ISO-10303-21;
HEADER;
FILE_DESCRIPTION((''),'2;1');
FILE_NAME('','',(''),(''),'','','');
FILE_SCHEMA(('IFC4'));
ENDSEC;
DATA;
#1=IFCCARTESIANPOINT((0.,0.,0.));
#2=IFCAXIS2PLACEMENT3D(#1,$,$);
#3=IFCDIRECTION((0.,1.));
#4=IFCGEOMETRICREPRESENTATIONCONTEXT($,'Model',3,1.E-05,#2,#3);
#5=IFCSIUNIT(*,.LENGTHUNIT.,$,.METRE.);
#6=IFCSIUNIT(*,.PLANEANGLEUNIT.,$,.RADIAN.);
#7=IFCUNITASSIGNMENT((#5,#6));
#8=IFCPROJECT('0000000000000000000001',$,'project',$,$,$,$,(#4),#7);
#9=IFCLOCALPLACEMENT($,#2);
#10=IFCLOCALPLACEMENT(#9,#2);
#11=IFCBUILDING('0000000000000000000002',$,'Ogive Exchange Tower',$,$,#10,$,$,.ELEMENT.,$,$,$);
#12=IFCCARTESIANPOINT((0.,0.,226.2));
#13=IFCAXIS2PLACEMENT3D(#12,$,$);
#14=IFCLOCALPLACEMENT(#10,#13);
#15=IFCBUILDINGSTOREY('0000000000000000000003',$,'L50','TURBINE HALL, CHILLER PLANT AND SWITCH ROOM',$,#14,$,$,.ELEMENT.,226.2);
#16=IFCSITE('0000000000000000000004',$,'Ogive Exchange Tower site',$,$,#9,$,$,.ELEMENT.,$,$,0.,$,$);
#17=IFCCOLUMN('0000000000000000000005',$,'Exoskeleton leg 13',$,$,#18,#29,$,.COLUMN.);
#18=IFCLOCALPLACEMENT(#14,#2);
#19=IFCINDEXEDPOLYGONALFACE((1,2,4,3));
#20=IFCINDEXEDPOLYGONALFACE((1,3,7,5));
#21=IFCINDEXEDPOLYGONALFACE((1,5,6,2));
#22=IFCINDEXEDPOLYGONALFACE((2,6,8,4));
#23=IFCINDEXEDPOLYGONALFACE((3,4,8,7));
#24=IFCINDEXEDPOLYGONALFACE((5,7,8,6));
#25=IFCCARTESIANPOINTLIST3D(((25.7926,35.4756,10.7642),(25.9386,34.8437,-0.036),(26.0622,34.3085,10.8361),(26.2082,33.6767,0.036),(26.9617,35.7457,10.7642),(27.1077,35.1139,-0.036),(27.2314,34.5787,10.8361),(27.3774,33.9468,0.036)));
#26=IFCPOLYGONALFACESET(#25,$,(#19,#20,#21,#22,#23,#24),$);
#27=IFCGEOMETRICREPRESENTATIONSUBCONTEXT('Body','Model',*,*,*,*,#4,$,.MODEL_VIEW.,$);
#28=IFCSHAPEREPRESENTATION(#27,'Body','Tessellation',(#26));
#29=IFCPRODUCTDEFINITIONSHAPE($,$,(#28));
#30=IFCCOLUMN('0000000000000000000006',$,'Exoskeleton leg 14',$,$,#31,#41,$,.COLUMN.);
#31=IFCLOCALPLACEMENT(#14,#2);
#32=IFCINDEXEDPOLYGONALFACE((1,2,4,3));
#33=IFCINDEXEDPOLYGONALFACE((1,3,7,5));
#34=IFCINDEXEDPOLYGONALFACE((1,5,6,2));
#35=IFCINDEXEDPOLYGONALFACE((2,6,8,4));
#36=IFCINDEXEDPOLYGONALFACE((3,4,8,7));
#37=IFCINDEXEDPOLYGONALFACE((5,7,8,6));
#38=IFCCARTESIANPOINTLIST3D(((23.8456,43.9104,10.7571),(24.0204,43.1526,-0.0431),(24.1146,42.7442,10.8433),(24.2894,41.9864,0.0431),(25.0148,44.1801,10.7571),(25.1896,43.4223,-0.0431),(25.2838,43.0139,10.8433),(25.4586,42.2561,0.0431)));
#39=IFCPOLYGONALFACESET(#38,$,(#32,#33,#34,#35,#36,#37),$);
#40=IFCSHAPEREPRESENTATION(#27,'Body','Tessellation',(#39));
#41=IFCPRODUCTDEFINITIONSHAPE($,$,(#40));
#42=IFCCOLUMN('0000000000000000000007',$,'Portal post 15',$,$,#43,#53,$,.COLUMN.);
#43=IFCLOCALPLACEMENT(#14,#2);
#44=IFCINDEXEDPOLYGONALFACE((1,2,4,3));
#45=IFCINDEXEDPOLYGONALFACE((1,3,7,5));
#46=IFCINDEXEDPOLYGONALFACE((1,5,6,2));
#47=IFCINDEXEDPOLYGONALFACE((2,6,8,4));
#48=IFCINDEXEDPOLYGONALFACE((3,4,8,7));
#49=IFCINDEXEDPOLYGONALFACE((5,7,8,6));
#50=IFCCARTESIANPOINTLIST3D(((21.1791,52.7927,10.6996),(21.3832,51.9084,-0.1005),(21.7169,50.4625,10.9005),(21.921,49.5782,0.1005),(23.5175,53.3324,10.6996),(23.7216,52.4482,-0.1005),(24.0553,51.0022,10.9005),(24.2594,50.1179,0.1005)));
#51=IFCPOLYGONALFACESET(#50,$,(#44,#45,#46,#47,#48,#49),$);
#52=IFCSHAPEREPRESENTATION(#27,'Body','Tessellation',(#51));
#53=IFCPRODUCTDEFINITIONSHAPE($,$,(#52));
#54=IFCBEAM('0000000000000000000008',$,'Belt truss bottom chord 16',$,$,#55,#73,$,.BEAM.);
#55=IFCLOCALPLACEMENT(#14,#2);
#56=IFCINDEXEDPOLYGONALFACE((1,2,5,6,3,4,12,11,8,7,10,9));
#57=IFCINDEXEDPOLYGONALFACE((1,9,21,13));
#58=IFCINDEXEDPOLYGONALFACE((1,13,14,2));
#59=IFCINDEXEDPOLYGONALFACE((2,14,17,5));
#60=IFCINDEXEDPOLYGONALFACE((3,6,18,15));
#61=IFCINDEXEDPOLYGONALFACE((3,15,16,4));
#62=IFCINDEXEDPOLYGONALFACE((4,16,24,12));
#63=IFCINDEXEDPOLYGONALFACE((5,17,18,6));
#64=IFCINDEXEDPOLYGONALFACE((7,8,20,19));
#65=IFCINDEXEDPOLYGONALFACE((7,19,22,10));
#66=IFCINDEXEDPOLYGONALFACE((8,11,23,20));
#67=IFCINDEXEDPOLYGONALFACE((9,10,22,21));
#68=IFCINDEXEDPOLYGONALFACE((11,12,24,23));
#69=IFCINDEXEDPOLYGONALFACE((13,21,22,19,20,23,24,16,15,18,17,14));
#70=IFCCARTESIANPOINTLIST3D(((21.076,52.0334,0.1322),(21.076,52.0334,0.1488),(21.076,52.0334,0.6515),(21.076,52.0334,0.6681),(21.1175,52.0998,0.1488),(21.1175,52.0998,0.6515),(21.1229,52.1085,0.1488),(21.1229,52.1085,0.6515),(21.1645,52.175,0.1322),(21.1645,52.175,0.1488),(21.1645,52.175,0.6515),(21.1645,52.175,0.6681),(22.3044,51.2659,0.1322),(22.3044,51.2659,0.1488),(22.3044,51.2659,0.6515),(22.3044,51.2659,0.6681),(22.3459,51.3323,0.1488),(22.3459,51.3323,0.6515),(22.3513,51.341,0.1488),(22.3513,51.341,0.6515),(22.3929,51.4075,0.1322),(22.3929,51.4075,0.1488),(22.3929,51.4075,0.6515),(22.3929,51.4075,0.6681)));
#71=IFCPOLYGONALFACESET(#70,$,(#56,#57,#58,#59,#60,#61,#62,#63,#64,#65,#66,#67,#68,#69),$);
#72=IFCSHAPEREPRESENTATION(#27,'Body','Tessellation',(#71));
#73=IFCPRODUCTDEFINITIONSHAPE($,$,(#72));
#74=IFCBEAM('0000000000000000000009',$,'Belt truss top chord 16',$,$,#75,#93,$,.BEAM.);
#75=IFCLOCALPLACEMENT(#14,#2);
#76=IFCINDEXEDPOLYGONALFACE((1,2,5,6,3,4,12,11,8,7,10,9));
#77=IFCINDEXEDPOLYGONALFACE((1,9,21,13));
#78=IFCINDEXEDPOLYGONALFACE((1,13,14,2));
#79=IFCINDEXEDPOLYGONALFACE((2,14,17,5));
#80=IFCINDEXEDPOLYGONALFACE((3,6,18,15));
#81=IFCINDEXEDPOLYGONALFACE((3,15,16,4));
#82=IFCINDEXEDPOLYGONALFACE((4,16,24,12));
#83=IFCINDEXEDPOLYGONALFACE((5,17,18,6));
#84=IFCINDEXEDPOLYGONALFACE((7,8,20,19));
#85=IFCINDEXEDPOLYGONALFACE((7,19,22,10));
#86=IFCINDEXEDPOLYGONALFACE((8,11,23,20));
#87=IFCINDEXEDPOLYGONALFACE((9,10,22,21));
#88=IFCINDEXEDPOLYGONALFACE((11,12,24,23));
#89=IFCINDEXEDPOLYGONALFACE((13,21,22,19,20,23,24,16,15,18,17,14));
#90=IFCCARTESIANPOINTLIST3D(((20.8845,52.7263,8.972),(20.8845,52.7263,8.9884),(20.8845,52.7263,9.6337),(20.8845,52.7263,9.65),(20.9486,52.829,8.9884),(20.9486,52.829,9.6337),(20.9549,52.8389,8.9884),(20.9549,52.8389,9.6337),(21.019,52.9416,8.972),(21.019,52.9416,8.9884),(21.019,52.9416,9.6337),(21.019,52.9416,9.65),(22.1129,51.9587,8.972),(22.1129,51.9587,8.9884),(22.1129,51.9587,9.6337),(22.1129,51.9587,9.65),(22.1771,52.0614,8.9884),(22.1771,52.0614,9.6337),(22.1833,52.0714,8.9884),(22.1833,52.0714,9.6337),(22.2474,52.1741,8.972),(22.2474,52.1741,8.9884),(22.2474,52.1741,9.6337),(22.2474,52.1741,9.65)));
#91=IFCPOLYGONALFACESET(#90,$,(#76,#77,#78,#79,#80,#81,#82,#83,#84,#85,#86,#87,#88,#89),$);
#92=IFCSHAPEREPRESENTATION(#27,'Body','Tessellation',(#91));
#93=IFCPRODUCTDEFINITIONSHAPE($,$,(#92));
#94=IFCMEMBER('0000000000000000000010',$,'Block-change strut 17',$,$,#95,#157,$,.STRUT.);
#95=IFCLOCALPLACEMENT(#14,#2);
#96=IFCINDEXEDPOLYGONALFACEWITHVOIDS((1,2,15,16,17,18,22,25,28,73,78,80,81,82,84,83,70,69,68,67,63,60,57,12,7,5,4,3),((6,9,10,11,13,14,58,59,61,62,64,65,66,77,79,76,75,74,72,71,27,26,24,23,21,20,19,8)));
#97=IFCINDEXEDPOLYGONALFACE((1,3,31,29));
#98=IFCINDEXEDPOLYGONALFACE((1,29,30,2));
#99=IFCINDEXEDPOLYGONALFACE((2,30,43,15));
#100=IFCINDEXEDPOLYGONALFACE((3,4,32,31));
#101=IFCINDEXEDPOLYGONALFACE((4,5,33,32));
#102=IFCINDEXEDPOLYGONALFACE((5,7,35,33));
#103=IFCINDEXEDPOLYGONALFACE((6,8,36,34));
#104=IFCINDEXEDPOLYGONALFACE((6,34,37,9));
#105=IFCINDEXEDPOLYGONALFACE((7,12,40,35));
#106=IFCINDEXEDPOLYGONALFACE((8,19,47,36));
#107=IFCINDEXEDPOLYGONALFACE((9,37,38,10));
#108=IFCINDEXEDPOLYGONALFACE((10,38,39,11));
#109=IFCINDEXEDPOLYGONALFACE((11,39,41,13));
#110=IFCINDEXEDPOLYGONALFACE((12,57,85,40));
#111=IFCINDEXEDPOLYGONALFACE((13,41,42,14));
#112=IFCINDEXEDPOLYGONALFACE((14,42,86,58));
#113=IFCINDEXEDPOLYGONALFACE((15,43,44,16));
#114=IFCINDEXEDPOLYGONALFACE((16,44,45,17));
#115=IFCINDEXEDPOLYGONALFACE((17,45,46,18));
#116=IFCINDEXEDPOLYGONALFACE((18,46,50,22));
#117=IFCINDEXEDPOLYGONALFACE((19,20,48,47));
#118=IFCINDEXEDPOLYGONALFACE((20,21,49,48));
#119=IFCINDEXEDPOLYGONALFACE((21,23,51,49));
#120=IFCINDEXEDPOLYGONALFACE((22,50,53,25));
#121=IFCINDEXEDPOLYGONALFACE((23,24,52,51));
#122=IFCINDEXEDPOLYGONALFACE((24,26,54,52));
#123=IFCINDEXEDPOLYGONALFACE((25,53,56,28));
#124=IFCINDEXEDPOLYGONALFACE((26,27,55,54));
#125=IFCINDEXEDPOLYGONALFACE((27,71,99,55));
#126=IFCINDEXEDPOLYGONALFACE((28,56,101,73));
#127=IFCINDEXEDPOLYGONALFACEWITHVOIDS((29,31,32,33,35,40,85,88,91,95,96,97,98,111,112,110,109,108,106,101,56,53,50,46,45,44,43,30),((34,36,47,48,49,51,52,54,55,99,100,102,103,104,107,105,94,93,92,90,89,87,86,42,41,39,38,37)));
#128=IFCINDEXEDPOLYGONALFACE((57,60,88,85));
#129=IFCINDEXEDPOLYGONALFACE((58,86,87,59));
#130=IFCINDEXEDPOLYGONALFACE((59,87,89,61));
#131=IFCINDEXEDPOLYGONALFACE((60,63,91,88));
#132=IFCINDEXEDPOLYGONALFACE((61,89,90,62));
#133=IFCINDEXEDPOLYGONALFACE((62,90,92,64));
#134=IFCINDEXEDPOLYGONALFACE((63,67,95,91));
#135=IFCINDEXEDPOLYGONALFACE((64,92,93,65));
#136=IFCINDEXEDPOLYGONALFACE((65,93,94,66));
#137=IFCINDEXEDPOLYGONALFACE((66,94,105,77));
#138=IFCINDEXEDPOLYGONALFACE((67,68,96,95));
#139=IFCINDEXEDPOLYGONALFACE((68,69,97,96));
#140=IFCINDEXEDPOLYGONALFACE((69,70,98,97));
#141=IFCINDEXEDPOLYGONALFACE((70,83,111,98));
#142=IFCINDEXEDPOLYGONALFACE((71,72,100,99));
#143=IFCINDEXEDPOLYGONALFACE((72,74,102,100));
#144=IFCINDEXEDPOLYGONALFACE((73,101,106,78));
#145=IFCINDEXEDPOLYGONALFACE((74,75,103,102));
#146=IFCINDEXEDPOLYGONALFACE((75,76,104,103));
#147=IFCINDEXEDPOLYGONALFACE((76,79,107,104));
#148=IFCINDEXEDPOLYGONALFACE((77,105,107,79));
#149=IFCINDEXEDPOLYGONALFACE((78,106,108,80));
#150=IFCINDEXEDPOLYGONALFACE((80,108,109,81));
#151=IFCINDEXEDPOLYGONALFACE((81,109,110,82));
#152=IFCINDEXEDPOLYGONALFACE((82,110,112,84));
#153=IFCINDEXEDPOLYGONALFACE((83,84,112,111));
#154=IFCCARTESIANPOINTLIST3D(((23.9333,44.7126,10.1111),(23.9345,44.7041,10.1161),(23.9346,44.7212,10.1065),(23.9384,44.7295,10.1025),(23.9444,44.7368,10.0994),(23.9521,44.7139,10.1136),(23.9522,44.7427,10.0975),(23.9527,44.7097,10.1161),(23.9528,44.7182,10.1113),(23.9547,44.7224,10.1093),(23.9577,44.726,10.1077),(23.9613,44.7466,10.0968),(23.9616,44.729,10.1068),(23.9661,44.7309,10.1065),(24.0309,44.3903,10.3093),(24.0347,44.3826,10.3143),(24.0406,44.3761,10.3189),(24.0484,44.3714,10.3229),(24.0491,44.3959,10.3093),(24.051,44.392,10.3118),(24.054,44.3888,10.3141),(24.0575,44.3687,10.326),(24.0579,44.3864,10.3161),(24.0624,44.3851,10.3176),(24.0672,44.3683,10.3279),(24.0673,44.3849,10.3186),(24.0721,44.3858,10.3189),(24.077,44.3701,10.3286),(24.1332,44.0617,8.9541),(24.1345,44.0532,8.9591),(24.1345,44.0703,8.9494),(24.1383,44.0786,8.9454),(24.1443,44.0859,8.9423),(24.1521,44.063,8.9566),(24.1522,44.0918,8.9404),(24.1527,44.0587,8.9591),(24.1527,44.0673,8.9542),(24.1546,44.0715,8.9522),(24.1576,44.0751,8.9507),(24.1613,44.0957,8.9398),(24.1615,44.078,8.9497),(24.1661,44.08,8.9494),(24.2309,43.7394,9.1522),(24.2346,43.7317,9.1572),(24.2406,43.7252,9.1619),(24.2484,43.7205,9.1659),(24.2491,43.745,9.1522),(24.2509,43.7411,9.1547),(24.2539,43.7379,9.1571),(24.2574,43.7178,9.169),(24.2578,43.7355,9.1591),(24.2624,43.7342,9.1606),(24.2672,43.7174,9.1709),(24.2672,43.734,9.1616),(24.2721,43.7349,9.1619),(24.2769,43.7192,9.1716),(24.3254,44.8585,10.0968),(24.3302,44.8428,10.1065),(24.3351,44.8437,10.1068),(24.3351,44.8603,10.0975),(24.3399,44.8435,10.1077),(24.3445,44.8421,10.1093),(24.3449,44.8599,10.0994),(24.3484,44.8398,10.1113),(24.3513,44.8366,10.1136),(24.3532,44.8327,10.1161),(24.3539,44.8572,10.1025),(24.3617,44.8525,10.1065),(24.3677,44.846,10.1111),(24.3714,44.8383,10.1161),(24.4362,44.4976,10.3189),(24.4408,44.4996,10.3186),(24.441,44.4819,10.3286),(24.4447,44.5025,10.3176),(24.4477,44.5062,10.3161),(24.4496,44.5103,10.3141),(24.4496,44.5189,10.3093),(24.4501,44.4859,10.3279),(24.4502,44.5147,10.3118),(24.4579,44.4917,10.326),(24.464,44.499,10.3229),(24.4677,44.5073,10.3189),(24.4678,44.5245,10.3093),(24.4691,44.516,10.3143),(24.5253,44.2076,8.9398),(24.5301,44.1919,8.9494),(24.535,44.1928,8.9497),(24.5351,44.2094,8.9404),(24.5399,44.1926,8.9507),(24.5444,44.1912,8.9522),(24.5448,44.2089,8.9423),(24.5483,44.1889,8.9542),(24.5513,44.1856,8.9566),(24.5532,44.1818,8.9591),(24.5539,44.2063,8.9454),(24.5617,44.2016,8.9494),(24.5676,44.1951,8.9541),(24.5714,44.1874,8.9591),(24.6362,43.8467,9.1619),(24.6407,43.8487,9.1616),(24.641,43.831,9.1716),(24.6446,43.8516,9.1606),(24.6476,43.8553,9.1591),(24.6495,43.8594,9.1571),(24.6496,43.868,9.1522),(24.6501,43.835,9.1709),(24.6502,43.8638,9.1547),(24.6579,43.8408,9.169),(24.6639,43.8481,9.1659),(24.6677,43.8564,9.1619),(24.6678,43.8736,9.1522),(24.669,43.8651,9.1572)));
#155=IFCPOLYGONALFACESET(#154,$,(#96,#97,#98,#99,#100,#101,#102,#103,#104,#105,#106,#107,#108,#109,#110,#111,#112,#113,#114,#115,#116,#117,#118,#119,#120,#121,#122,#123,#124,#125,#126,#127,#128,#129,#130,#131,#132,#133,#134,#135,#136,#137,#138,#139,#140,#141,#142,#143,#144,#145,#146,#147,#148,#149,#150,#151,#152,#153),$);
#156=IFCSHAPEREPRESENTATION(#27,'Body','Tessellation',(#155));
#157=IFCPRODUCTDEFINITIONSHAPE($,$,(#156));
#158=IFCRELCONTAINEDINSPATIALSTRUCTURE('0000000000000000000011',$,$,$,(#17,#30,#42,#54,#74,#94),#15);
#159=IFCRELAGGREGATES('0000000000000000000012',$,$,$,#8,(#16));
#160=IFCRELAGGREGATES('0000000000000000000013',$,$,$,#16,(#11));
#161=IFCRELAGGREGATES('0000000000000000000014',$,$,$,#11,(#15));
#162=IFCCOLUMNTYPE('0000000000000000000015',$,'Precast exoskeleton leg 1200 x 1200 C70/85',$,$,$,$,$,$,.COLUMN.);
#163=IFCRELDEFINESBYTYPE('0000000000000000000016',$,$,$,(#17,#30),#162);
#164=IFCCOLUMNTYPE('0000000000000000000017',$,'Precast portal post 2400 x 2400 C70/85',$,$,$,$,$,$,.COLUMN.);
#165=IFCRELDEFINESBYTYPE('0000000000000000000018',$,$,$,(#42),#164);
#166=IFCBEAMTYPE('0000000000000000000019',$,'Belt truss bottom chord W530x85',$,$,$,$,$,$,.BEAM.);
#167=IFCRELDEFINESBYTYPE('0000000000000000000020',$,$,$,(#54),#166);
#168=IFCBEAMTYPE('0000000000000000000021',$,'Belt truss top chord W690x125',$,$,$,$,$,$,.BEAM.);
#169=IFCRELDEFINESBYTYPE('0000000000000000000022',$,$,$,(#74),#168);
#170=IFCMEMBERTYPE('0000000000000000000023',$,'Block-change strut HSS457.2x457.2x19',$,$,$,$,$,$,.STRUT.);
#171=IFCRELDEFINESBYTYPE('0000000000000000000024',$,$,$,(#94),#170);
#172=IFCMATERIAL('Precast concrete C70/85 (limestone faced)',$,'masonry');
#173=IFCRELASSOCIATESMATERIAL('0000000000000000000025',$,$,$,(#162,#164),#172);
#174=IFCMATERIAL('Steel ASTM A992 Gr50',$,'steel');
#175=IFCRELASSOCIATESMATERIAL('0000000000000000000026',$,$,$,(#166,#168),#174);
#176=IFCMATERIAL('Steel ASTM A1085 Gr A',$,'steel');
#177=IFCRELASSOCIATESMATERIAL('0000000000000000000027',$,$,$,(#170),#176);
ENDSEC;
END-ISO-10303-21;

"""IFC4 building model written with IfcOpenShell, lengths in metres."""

from ifc_helpers import new_model, si_unit, direction, frame, origin, origin_2d, place, context, subcontext, project, spatial, rectangle, hollow_rectangle, i_section, extrude, material, material_profile, profile_set, type_object, element, save


model = new_model("IFC4")

# Units and contexts
model_context = context("Model", 3, precision=1e-05, world=origin(), true_north=direction((0.0, 1.0)))
body_context = subcontext(model_context, "Body", "Model", "MODEL_VIEW")
ifc_project = project(units=[si_unit("LENGTHUNIT", "METRE"), si_unit("PLANEANGLEUNIT", "RADIAN")], contexts=[model_context])

# Site, building, storey
site_placement = place(None, origin())
site = spatial("IfcSite", under=ifc_project, at=site_placement, Name="Ogive Exchange Tower site", CompositionType="ELEMENT", RefElevation=0.0)
building_placement = place(site_placement, origin())
building = spatial("IfcBuilding", under=site, at=building_placement, Name="Ogive Exchange Tower", CompositionType="ELEMENT")
storey_placement = place(building_placement, frame((0.0, 0.0, 226.2)))
storey = spatial("IfcBuildingStorey", under=building, at=storey_placement, Name="L50", Description="TURBINE HALL, CHILLER PLANT AND SWITCH ROOM", CompositionType="ELEMENT", Elevation=226.2)

# Columns
ifc_material_1 = material(Name="Precast concrete C70/85 (limestone faced)", Category="masonry")
ifc_material_profile_1 = material_profile(ifc_material_1, rectangle(XDim=1.2, YDim=1.2, at=origin_2d()), Name="1200 x 1200")
ifc_profile_set_1 = profile_set([ifc_material_profile_1], Name="Precast concrete C70/85 (limestone faced)")
column_type_1 = type_object("IfcColumnType", Name="Precast exoskeleton leg 1200 x 1200 C70/85", PredefinedType="COLUMN", material=ifc_profile_set_1)
column_1_placement = place(storey_placement, frame((26.658, 34.3953, 0.0), z_axis=(-0.013494, 0.058398, 0.998202), x_axis=(-0.974328, -0.225134, 0.0)))
element("IfcColumn", 1, at=column_1_placement, inside=storey, type_object=column_type_1, Name="Exoskeleton leg 13", PredefinedType="COLUMN", context=body_context, shape_type="SweptSolid", body=[
    extrude(rectangle(XDim=1.2, YDim=1.2, at=origin_2d()), origin(), (0.0, 0.0, 1.0), 10.8196),
])
column_2_placement = place(storey_placement, frame((24.7395, 42.7043, 0.0), z_axis=(-0.016144, 0.069986, 0.997417), x_axis=(-0.974412, -0.224768, 0.0)))
element("IfcColumn", 2, at=column_2_placement, inside=storey, type_object=column_type_1, Name="Exoskeleton leg 14", PredefinedType="COLUMN", context=body_context, shape_type="SweptSolid", body=[
    extrude(rectangle(XDim=1.2, YDim=1.2, at=origin_2d()), origin(), (0.0, 0.0, 1.0), 10.8281),
])
ifc_material_profile_2 = material_profile(ifc_material_1, rectangle(XDim=2.3999, YDim=2.3999, at=origin_2d()), Name="2400 x 2400")
ifc_profile_set_2 = profile_set([ifc_material_profile_2], Name="Precast concrete C70/85 (limestone faced)")
column_type_2 = type_object("IfcColumnType", Name="Precast portal post 2400 x 2400 C70/85", PredefinedType="COLUMN", material=ifc_profile_set_2)
column_3_placement = place(storey_placement, frame((22.8213, 51.0132, 0.0), z_axis=(-0.018832, 0.08159, 0.996488), x_axis=(-0.974382, -0.224899, 0.0)))
element("IfcColumn", 3, at=column_3_placement, inside=storey, type_object=column_type_2, Name="Portal post 15", PredefinedType="COLUMN", context=body_context, shape_type="SweptSolid", body=[
    extrude(rectangle(XDim=2.3999, YDim=2.3999, at=origin_2d()), origin(), (0.0, 0.0, 1.0), 10.8381),
])

# Beams
ifc_material_2 = material(Name="Steel ASTM A992 Gr50", Category="steel")
ifc_material_profile_3 = material_profile(ifc_material_2, i_section(OverallWidth=0.167, OverallDepth=0.5359, WebThickness=0.0103, FlangeThickness=0.0166, at=origin_2d()), Name="W530x85")
ifc_profile_set_3 = profile_set([ifc_material_profile_3], Name="Steel ASTM A992 Gr50")
beam_type_1 = type_object("IfcBeamType", Name="Belt truss bottom chord W530x85", PredefinedType="BEAM", material=ifc_profile_set_3)
beam_1_placement = place(storey_placement, frame((22.3486, 51.3367, 0.4001), z_axis=(-0.848074, 0.529878, 0.0), x_axis=(-0.529878, -0.848074, 0.0)))
element("IfcBeam", 4, at=beam_1_placement, inside=storey, type_object=beam_type_1, Name="Belt truss bottom chord 16", PredefinedType="BEAM", context=body_context, shape_type="SweptSolid", body=[
    extrude(i_section(OverallWidth=0.167, OverallDepth=0.5359, WebThickness=0.0103, FlangeThickness=0.0166, at=origin_2d()), origin(), (0.0, 0.0, 1.0), 1.4485),
])
ifc_material_profile_4 = material_profile(ifc_material_2, i_section(OverallWidth=0.2539, OverallDepth=0.678, WebThickness=0.0117, FlangeThickness=0.0164, at=origin_2d()), Name="W690x125")
ifc_profile_set_4 = profile_set([ifc_material_profile_4], Name="Steel ASTM A992 Gr50")
beam_type_2 = type_object("IfcBeamType", Name="Belt truss top chord W690x125", PredefinedType="BEAM", material=ifc_profile_set_4)
beam_2_placement = place(storey_placement, frame((22.1802, 52.0664, 9.311), z_axis=(-0.848074, 0.529878, 0.0), x_axis=(-0.529878, -0.848074, 0.0)))
element("IfcBeam", 5, at=beam_2_placement, inside=storey, type_object=beam_type_2, Name="Belt truss top chord 16", PredefinedType="BEAM", context=body_context, shape_type="SweptSolid", body=[
    extrude(i_section(OverallWidth=0.2539, OverallDepth=0.678, WebThickness=0.0117, FlangeThickness=0.0164, at=origin_2d()), origin(), (0.0, 0.0, 1.0), 1.4485),
])

# Member
ifc_material_3 = material(Name="Steel ASTM A1085 Gr A", Category="steel")
ifc_material_profile_5 = material_profile(ifc_material_3, hollow_rectangle(XDim=0.457, YDim=0.457, WallThickness=0.019, InnerFilletRadius=0.019, OuterFilletRadius=0.0381, at=origin_2d()), Name="HSS457.2x457.2x19")
ifc_profile_set_5 = profile_set([ifc_material_profile_5], Name="Steel ASTM A1085 Gr A")
member_type_1 = type_object("IfcMemberType", Name="Block-change strut HSS457.2x457.2x19", PredefinedType="STRUT", material=ifc_profile_set_5)
member_1_placement = place(storey_placement, frame((24.4011, 43.9634, 9.0557), z_axis=(-0.148942, 0.484836, 0.86183), x_axis=(-0.955911, -0.293657, 0.0)))
element("IfcMember", 6, at=member_1_placement, inside=storey, type_object=member_type_1, Name="Block-change strut 17", PredefinedType="STRUT", context=body_context, shape_type="SweptSolid", body=[
    extrude(hollow_rectangle(XDim=0.457, YDim=0.457, WallThickness=0.019, InnerFilletRadius=0.019, OuterFilletRadius=0.0381, at=origin_2d()), origin(), (0.0, 0.0, 1.0), 1.3425),
])

save(model, "model.ifc")
